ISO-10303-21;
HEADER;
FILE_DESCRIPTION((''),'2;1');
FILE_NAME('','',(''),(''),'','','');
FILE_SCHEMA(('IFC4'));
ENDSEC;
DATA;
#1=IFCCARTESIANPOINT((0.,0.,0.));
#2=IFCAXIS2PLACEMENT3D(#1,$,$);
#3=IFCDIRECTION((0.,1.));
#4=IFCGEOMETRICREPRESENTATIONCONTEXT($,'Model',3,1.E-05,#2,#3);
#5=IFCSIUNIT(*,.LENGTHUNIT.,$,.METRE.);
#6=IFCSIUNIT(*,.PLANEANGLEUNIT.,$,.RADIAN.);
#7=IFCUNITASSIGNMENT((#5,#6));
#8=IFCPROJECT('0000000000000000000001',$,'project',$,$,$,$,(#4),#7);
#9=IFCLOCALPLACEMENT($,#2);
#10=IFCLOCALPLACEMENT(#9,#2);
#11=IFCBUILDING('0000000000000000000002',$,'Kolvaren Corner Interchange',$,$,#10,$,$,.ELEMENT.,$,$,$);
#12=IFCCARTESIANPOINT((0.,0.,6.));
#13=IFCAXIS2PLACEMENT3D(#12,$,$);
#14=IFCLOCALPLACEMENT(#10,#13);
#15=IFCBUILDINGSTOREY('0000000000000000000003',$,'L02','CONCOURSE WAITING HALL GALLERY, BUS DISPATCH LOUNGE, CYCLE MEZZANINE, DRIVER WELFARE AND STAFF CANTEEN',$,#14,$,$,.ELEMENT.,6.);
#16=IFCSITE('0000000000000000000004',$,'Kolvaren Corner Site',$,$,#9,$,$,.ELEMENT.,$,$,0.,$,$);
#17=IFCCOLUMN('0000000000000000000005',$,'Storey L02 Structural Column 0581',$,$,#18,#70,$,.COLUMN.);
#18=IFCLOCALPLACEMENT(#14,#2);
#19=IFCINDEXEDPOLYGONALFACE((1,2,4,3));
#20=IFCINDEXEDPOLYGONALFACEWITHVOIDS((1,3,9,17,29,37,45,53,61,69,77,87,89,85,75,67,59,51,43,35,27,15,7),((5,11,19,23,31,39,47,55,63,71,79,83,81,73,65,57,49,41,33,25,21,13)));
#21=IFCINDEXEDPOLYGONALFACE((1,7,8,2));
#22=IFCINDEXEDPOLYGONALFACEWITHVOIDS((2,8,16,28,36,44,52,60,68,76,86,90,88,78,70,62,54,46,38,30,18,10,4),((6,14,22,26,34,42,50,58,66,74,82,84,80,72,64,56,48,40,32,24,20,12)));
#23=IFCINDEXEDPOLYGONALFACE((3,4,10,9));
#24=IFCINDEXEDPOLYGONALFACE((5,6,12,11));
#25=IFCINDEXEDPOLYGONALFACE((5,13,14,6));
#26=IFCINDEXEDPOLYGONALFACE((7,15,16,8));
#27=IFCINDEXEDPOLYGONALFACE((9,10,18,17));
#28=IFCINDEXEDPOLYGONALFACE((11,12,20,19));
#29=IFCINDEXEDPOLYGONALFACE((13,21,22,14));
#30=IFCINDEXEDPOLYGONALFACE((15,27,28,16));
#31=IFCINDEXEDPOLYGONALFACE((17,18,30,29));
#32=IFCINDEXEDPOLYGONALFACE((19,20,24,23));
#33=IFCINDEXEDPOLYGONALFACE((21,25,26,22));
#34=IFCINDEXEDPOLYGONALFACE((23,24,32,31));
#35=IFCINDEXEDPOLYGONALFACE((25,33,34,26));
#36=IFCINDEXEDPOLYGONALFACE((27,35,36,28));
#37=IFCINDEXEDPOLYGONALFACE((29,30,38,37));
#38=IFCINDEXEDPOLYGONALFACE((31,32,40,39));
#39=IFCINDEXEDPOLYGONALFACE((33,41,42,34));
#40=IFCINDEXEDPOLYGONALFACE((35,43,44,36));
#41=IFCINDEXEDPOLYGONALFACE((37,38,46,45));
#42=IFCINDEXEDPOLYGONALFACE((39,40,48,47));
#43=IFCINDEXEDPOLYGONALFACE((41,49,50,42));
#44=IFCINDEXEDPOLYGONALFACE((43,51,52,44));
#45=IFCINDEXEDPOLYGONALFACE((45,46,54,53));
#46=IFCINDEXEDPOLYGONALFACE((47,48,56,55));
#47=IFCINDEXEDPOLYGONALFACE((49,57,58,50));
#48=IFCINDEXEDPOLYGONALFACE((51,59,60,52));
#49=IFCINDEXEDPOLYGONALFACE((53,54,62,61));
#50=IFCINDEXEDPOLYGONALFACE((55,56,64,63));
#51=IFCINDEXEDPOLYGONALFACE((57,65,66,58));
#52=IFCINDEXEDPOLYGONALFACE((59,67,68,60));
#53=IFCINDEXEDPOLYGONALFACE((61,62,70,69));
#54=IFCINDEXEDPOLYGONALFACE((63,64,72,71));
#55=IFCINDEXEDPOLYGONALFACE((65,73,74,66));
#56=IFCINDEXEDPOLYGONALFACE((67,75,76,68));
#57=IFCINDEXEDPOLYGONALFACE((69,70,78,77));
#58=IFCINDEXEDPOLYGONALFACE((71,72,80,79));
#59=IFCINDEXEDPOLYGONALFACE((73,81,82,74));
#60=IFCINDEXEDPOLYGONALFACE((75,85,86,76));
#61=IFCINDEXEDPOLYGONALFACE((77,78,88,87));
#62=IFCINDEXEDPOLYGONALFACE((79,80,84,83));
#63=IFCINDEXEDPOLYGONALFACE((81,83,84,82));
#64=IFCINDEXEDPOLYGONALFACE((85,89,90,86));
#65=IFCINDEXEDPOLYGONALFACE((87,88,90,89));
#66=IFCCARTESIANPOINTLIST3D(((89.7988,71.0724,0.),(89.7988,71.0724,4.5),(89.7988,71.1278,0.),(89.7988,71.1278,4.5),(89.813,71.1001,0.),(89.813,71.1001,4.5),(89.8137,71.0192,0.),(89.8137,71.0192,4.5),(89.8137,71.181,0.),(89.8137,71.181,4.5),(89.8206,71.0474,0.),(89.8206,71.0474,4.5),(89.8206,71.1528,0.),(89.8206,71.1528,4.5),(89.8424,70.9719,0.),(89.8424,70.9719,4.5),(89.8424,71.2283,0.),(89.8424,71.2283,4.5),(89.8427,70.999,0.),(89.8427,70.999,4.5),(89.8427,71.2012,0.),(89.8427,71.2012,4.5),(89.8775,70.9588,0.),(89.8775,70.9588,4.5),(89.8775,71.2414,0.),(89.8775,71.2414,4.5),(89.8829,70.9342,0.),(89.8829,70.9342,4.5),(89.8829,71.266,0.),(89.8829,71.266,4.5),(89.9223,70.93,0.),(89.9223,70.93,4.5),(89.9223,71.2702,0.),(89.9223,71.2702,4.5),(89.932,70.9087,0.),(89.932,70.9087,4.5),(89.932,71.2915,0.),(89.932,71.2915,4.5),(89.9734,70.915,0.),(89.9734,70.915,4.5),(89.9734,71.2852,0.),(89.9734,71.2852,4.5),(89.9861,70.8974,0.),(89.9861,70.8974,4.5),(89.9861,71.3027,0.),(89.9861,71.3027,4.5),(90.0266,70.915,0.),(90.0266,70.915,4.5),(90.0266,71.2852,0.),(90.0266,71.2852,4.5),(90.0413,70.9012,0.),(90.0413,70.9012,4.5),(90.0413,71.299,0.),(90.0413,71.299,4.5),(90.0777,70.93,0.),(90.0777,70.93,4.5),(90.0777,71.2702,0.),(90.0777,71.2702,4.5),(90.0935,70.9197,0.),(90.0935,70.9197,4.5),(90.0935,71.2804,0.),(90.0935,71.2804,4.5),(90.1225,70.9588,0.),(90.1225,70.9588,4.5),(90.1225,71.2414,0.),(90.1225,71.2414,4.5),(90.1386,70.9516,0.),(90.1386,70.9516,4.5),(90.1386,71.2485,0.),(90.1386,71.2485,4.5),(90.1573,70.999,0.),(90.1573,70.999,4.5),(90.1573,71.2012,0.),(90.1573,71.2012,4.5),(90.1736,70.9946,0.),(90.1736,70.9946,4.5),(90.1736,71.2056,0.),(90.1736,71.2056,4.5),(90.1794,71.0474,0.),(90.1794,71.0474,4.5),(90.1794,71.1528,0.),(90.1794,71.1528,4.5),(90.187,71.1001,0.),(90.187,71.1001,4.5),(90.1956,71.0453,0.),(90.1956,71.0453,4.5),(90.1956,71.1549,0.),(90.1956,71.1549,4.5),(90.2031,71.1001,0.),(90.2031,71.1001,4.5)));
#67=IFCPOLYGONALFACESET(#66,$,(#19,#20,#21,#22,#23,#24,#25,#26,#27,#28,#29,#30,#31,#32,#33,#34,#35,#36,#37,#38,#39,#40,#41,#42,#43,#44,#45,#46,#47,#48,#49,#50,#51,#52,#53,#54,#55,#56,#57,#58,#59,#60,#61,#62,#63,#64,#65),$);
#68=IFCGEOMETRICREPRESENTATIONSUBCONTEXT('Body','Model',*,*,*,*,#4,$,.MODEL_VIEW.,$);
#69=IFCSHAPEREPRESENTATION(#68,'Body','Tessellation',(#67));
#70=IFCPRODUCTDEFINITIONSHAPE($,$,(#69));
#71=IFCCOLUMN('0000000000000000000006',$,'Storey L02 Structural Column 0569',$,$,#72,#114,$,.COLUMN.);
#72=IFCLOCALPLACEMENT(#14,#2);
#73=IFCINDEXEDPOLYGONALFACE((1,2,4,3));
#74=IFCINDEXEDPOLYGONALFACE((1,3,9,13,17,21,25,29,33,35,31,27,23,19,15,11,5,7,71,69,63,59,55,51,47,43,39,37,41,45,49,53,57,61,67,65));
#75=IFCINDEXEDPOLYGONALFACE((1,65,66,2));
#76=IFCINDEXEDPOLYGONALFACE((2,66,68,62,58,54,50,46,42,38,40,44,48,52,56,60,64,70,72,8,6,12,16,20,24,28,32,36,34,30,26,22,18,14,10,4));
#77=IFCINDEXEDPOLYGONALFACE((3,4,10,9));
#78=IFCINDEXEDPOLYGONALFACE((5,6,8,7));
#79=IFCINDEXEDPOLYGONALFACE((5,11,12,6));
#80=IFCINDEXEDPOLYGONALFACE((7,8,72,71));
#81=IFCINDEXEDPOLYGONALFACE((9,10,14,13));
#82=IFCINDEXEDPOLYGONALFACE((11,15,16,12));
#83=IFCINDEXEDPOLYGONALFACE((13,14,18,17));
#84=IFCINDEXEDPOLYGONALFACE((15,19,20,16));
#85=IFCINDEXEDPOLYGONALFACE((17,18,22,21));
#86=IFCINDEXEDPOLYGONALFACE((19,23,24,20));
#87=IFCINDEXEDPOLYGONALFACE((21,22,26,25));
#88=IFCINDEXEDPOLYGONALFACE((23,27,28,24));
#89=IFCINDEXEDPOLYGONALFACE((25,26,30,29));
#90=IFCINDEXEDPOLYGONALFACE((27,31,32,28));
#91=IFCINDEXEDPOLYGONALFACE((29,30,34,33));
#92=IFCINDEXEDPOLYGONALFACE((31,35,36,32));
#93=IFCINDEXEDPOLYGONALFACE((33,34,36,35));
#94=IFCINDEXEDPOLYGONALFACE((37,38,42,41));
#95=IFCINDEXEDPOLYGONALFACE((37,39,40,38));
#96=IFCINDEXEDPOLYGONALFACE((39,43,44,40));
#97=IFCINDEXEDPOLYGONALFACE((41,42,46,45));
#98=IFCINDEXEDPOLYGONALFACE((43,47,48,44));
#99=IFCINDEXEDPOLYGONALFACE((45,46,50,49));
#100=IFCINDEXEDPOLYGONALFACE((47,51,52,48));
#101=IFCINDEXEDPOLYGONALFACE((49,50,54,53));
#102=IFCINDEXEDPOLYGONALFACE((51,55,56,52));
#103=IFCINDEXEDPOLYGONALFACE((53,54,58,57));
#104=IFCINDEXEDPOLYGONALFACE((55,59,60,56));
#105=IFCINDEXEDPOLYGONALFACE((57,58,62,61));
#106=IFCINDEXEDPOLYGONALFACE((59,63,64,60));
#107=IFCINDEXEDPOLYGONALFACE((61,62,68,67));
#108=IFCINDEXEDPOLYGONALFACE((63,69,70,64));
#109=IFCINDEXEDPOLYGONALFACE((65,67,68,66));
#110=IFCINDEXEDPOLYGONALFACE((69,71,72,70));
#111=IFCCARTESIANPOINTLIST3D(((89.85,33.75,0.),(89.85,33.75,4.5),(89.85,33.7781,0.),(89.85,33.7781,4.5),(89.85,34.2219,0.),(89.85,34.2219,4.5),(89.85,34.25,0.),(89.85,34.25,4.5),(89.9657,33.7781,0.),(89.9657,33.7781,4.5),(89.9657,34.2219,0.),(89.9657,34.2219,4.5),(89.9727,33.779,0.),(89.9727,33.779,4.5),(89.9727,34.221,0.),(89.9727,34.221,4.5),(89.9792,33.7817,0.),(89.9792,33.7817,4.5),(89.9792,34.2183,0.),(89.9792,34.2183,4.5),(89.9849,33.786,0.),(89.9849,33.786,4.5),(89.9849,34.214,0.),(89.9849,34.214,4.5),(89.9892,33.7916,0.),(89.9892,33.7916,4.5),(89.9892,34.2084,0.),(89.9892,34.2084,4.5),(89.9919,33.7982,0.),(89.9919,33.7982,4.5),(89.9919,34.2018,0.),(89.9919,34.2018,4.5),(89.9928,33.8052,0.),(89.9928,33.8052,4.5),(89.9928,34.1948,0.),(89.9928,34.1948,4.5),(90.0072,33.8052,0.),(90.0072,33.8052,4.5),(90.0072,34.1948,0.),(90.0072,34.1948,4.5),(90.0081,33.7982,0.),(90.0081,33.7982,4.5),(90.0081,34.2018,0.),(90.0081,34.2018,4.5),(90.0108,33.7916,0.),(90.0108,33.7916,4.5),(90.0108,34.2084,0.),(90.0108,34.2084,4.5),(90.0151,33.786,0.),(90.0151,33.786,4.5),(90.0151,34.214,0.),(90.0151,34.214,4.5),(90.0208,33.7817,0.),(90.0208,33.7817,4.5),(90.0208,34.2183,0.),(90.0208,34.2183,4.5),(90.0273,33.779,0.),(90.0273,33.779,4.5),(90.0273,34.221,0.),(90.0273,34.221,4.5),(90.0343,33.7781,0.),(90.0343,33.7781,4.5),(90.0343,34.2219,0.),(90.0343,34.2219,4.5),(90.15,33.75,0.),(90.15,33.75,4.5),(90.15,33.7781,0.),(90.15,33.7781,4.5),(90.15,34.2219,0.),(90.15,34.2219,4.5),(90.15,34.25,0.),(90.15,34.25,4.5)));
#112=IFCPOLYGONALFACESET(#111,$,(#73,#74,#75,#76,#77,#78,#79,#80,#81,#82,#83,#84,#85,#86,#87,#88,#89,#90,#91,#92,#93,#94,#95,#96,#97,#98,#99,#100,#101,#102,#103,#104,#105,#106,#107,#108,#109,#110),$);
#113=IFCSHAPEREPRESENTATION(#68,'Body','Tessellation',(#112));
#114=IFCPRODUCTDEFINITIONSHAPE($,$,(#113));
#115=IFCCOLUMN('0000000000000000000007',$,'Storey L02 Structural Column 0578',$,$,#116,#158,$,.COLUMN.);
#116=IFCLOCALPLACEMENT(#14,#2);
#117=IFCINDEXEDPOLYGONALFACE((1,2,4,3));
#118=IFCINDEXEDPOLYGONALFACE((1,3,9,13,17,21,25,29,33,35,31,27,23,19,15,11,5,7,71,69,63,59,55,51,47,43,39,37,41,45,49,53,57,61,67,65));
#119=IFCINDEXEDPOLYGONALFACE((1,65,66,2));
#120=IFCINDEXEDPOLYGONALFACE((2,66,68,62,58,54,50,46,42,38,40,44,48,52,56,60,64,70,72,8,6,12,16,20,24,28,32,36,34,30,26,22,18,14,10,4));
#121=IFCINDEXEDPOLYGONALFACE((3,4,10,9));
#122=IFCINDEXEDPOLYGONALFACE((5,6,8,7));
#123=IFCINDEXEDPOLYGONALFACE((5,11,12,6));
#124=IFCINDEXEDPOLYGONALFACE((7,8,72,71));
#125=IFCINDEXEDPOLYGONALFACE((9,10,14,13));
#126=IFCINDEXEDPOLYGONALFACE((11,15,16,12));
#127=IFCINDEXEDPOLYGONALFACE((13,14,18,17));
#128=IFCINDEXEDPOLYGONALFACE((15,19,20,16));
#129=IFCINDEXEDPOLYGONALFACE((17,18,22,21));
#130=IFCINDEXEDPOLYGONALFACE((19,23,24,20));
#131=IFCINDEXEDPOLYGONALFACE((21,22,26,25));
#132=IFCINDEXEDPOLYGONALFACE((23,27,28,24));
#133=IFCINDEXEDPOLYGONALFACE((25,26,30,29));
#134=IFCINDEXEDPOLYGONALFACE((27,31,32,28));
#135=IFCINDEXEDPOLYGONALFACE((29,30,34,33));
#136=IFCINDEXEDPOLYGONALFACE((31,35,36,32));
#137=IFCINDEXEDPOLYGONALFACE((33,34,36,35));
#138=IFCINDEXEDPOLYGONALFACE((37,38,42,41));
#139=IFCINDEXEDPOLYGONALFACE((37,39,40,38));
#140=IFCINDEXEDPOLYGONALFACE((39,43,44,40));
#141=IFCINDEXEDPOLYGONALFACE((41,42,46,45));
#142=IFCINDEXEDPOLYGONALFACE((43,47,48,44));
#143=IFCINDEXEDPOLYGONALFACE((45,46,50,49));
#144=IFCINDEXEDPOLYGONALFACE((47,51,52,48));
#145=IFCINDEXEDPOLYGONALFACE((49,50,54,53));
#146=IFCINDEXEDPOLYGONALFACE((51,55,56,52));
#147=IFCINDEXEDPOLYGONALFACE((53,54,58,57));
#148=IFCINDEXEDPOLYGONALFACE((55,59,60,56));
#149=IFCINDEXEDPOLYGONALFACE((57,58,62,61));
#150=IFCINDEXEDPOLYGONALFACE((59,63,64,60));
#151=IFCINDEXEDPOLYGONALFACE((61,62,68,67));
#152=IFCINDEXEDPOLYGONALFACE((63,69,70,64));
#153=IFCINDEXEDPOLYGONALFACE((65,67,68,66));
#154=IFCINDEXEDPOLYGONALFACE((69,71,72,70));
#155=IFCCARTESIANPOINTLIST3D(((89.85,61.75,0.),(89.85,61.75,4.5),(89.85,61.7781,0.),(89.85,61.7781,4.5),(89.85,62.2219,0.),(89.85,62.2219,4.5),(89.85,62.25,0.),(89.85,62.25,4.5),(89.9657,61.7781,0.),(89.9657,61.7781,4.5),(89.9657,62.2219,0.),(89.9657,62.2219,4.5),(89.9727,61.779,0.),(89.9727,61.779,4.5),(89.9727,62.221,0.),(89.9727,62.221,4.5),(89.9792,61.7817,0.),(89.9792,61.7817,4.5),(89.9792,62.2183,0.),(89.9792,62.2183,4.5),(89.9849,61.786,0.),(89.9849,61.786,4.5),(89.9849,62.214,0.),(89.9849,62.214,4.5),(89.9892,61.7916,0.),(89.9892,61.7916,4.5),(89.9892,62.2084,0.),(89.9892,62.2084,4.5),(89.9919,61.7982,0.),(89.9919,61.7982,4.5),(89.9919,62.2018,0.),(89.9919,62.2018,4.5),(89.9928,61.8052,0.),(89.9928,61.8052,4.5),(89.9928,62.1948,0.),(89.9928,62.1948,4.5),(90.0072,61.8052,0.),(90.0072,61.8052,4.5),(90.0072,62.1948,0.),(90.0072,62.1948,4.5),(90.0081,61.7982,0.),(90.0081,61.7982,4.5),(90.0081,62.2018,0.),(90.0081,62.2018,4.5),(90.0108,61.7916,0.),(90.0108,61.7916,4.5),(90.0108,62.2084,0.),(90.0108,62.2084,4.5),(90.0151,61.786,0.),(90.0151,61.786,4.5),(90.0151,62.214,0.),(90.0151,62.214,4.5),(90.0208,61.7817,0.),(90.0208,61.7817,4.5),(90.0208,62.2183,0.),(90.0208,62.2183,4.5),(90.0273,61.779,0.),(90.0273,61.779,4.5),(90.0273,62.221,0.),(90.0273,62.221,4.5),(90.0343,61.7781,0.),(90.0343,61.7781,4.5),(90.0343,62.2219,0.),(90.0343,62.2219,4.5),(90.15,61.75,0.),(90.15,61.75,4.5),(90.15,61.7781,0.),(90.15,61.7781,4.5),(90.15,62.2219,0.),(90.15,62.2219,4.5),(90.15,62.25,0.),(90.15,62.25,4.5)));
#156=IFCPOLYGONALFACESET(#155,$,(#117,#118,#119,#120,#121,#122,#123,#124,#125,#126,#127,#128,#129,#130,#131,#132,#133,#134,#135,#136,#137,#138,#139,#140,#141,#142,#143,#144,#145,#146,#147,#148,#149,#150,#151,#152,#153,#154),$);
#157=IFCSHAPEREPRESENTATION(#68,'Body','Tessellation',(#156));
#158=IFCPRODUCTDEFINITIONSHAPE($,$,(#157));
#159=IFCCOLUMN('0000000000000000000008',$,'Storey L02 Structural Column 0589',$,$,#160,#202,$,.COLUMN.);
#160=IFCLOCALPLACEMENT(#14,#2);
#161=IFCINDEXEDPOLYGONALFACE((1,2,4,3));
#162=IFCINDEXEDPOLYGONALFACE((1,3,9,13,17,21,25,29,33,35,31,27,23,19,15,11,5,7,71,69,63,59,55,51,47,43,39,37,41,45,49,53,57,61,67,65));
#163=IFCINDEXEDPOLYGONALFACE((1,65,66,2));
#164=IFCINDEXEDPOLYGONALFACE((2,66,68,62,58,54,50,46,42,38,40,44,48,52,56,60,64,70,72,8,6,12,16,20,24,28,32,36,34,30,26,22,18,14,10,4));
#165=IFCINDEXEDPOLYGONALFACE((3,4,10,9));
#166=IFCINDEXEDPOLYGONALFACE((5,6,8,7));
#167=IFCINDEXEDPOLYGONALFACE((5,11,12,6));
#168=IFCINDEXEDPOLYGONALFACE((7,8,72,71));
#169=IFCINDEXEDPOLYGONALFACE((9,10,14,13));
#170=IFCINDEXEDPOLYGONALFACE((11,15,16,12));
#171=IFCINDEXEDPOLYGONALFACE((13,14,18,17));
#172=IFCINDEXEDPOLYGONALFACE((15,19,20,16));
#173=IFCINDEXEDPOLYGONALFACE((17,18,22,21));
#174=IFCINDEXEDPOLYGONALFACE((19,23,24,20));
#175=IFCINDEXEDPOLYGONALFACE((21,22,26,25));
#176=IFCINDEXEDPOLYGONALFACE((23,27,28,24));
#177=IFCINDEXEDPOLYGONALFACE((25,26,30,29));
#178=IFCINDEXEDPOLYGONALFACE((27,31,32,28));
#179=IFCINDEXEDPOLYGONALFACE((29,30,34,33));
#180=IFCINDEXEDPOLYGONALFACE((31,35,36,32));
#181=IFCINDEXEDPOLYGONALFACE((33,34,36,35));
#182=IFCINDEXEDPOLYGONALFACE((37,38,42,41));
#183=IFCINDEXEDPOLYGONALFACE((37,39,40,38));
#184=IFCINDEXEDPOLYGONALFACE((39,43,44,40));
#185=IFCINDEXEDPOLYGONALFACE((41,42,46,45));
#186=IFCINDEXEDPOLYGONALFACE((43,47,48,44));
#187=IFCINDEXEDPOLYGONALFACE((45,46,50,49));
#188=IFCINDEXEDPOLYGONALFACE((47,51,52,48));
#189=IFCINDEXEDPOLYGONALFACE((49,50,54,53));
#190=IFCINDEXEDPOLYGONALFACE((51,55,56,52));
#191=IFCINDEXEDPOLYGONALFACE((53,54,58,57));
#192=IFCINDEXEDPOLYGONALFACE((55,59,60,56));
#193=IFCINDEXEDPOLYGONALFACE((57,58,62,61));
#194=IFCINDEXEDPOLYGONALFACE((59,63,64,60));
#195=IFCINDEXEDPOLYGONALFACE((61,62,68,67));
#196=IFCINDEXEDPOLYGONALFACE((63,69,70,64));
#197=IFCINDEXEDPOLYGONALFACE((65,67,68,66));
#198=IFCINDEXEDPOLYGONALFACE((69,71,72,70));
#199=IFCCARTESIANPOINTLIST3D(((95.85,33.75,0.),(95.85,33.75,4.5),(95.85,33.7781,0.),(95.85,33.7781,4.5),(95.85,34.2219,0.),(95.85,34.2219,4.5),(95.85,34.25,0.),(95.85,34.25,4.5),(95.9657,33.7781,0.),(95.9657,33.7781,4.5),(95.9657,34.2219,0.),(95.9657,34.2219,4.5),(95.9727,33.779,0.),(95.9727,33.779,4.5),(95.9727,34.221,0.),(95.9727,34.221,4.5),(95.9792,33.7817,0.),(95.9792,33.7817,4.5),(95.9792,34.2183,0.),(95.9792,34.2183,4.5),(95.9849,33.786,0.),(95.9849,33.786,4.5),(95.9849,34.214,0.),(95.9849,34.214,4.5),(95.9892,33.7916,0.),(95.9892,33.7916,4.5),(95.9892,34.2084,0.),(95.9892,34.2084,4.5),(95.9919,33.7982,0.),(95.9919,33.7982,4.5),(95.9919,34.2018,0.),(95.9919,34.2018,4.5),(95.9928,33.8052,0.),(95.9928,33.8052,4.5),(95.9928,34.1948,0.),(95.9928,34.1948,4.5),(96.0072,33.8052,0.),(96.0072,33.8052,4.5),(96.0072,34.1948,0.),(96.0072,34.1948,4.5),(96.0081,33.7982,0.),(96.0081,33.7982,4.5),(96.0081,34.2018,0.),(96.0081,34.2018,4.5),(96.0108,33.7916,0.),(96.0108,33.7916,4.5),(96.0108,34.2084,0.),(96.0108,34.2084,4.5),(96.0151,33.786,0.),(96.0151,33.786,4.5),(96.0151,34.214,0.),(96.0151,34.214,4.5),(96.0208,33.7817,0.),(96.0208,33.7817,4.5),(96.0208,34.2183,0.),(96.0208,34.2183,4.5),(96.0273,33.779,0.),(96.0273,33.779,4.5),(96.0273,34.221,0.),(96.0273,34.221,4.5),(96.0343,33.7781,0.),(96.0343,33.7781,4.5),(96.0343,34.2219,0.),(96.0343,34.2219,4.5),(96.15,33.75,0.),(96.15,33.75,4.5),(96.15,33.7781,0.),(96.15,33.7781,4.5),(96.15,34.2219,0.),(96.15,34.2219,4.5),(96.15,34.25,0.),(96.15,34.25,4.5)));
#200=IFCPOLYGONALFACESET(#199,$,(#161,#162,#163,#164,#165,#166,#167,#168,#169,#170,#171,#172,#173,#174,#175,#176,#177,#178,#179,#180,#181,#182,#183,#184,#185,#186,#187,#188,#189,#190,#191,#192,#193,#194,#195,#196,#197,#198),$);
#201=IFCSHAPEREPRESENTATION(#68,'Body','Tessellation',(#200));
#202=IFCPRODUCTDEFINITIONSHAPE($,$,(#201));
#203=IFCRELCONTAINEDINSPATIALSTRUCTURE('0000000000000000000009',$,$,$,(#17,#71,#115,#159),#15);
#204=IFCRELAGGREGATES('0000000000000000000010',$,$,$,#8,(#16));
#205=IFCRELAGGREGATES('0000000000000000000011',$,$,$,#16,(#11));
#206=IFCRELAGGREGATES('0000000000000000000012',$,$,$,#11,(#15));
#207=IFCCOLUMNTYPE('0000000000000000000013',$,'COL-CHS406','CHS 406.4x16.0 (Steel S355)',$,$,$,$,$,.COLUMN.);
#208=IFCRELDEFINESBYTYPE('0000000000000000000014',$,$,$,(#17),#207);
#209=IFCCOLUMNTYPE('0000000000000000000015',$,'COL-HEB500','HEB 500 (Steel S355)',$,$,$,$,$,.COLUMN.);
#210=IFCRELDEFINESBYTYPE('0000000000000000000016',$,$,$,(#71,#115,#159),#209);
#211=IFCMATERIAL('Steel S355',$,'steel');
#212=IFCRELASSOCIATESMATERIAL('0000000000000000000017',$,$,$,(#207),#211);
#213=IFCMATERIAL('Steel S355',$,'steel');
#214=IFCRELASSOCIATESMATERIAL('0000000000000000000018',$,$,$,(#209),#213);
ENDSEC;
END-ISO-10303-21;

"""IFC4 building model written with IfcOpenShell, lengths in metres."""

from ifc_helpers import new_model, si_unit, direction, frame, origin, origin_2d, place, context, subcontext, project, spatial, hollow_circle, i_section, extrude, material, material_profile, profile_set, type_object, element, save


model = new_model("IFC4")

# Units and contexts
model_context = context("Model", 3, precision=1e-05, world=origin(), true_north=direction((0.0, 1.0)))
body_context = subcontext(model_context, "Body", "Model", "MODEL_VIEW")
ifc_project = project(units=[si_unit("LENGTHUNIT", "METRE"), si_unit("PLANEANGLEUNIT", "RADIAN")], contexts=[model_context])

# Site, building, storey
site_placement = place(None, origin())
site = spatial("IfcSite", under=ifc_project, at=site_placement, Name="Kolvaren Corner Site", CompositionType="ELEMENT", RefElevation=0.0)
building_placement = place(site_placement, origin())
building = spatial("IfcBuilding", under=site, at=building_placement, Name="Kolvaren Corner Interchange", CompositionType="ELEMENT")
storey_placement = place(building_placement, frame((0.0, 0.0, 6.0)))
storey = spatial("IfcBuildingStorey", under=building, at=storey_placement, Name="L02", Description="CONCOURSE WAITING HALL GALLERY, BUS DISPATCH LOUNGE, CYCLE MEZZANINE, DRIVER WELFARE AND STAFF CANTEEN", CompositionType="ELEMENT", Elevation=6.0)

# Columns
ifc_material_1 = material(Name="Steel S355", Category="steel")
ifc_material_profile_1 = material_profile(ifc_material_1, hollow_circle(Radius=0.2031, WallThickness=0.0161, at=origin_2d()), Name="CHS 406.4x16.0")
ifc_profile_set_1 = profile_set([ifc_material_profile_1], Name="Steel S355")
column_type_1 = type_object("IfcColumnType", Name="COL-CHS406", Description="CHS 406.4x16.0 (Steel S355)", PredefinedType="COLUMN", material=ifc_profile_set_1)
column_placement = place(storey_placement, frame((90.0, 71.1001, 0.0), z_axis=(0.0, 0.0, 1.0), x_axis=(1.0, 0.0, 0.0)))
element("IfcColumn", 1, at=column_placement, inside=storey, type_object=column_type_1, Name="Storey L02 Structural Column 0581", PredefinedType="COLUMN", context=body_context, shape_type="SweptSolid", body=[
    extrude(hollow_circle(Radius=0.2031, WallThickness=0.0161, at=origin_2d()), origin(), (0.0, 0.0, 1.0), 4.5),
])
ifc_material_2 = material(Name="Steel S355", Category="steel")
ifc_material_profile_2 = material_profile(ifc_material_2, i_section(OverallWidth=0.3, OverallDepth=0.5, WebThickness=0.0144, FlangeThickness=0.0281, FilletRadius=0.0271, at=origin_2d()), Name="HEB 500")
ifc_profile_set_2 = profile_set([ifc_material_profile_2], Name="Steel S355")
column_type_2 = type_object("IfcColumnType", Name="COL-HEB500", Description="HEB 500 (Steel S355)", PredefinedType="COLUMN", material=ifc_profile_set_2)
for number, where, z_axis, x_axis, name in (
    (2, (90.0, 34.0, 0.0), (0.0, 0.0, 1.0), (1.0, 0.0, 0.0), "Storey L02 Structural Column 0569"),
    (3, (90.0, 62.0, 0.0), (0.0, 0.0, 1.0), (1.0, 0.0, 0.0), "Storey L02 Structural Column 0578"),
    (4, (96.0, 34.0, 0.0), (0.0, 0.0, 1.0), (1.0, 0.0, 0.0), "Storey L02 Structural Column 0589"),
):
    element("IfcColumn", number, at=place(storey_placement, frame(where, z_axis=z_axis, x_axis=x_axis)), inside=storey, type_object=column_type_2, Name=name, PredefinedType="COLUMN", context=body_context, shape_type="SweptSolid", body=[
        extrude(i_section(OverallWidth=0.3, OverallDepth=0.5, WebThickness=0.0144, FlangeThickness=0.0281, FilletRadius=0.0271, at=origin_2d()), origin(), (0.0, 0.0, 1.0), 4.5),
    ])

save(model, "model.ifc")
